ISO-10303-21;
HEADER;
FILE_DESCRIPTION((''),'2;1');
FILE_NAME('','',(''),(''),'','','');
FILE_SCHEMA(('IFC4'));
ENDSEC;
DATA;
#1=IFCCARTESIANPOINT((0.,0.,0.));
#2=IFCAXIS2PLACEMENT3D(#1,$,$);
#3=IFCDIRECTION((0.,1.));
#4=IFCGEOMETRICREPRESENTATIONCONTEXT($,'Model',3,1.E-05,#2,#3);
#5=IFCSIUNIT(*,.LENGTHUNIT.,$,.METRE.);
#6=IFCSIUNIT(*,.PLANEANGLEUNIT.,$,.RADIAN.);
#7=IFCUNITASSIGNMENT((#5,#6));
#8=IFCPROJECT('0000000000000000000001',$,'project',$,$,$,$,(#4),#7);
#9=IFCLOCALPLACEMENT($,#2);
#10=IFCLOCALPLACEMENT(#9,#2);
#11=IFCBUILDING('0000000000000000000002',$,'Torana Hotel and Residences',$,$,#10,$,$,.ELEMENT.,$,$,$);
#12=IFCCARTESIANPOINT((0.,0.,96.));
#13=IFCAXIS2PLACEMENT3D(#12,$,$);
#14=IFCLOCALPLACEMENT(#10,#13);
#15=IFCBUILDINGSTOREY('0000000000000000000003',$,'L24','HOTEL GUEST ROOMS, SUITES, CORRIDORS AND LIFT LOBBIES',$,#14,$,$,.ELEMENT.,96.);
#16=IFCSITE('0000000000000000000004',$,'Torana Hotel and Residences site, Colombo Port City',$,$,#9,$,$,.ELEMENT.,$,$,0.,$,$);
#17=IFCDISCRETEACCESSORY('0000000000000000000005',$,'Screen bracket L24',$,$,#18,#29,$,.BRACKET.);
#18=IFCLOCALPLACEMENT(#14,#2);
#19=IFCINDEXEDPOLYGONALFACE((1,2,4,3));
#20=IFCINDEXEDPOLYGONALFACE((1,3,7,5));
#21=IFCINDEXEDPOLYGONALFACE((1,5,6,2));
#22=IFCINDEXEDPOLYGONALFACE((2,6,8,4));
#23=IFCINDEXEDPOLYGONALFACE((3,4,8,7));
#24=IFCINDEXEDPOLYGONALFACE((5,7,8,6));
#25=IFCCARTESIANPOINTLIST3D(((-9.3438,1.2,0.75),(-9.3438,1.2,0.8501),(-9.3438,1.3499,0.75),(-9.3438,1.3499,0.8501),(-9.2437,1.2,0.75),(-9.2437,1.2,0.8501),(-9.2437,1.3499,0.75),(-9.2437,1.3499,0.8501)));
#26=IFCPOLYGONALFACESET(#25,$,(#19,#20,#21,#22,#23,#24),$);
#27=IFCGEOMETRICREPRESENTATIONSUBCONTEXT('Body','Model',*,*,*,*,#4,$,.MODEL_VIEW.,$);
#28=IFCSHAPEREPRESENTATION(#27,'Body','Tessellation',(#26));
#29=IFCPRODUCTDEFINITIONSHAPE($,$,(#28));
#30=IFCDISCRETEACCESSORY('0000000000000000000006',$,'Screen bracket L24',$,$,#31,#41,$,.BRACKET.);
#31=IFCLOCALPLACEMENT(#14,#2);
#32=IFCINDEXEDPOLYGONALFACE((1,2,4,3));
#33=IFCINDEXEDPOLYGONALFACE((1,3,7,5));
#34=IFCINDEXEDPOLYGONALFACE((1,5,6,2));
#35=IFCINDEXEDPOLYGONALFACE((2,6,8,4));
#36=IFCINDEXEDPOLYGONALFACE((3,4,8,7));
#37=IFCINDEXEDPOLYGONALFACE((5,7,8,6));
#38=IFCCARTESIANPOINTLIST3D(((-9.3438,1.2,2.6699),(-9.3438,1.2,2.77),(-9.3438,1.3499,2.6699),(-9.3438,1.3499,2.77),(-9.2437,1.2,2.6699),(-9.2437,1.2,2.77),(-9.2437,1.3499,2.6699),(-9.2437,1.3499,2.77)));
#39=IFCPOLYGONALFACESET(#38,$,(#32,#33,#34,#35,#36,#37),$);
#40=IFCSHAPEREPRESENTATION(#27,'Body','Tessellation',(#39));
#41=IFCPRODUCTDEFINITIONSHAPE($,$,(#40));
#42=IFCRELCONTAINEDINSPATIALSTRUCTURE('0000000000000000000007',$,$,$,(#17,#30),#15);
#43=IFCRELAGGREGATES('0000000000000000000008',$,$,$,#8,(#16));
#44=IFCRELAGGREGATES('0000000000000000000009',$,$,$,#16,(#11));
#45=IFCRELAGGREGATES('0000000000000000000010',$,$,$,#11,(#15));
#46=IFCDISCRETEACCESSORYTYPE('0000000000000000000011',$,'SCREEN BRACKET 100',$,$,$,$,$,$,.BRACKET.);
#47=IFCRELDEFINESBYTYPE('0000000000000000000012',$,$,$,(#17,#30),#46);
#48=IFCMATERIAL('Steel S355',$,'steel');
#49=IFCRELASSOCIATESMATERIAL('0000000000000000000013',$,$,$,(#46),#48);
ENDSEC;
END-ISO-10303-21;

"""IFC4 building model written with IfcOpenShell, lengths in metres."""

from ifc_helpers import new_model, si_unit, direction, frame, origin, origin_2d, place, context, subcontext, project, spatial, rectangle, extrude, material, type_object, element, save


model = new_model("IFC4")

# Units and contexts
model_context = context("Model", 3, precision=1e-05, world=origin(), true_north=direction((0.0, 1.0)))
body_context = subcontext(model_context, "Body", "Model", "MODEL_VIEW")
ifc_project = project(units=[si_unit("LENGTHUNIT", "METRE"), si_unit("PLANEANGLEUNIT", "RADIAN")], contexts=[model_context])

# Site, building, storey
site_placement = place(None, origin())
site = spatial("IfcSite", under=ifc_project, at=site_placement, Name="Torana Hotel and Residences site, Colombo Port City", CompositionType="ELEMENT", RefElevation=0.0)
building_placement = place(site_placement, origin())
building = spatial("IfcBuilding", under=site, at=building_placement, Name="Torana Hotel and Residences", CompositionType="ELEMENT")
storey_placement = place(building_placement, frame((0.0, 0.0, 96.0)))
storey = spatial("IfcBuildingStorey", under=building, at=storey_placement, Name="L24", Description="HOTEL GUEST ROOMS, SUITES, CORRIDORS AND LIFT LOBBIES", CompositionType="ELEMENT", Elevation=96.0)

# Discrete accessories
ifc_material_1 = material(Name="Steel S355", Category="steel")
discrete_accessory_type = type_object("IfcDiscreteAccessoryType", Name="SCREEN BRACKET 100", PredefinedType="BRACKET", material=ifc_material_1)
for number, where, z_axis, x_axis, name in (
    (1, (-9.2937, 1.2749, 0.75), (0.0, 0.0, 1.0), (-1.0, 0.0, 0.0), "Screen bracket L24"),
    (2, (-9.2937, 1.2749, 2.6699), (0.0, 0.0, 1.0), (-1.0, 0.0, 0.0), "Screen bracket L24"),
):
    element("IfcDiscreteAccessory", number, at=place(storey_placement, frame(where, z_axis=z_axis, x_axis=x_axis)), inside=storey, type_object=discrete_accessory_type, Name=name, PredefinedType="BRACKET", context=body_context, shape_type="SweptSolid", body=[
        extrude(rectangle(XDim=0.1001, YDim=0.1499, at=origin_2d()), origin(), (0.0, 0.0, 1.0), 0.1001),
    ])

save(model, "model.ifc")
